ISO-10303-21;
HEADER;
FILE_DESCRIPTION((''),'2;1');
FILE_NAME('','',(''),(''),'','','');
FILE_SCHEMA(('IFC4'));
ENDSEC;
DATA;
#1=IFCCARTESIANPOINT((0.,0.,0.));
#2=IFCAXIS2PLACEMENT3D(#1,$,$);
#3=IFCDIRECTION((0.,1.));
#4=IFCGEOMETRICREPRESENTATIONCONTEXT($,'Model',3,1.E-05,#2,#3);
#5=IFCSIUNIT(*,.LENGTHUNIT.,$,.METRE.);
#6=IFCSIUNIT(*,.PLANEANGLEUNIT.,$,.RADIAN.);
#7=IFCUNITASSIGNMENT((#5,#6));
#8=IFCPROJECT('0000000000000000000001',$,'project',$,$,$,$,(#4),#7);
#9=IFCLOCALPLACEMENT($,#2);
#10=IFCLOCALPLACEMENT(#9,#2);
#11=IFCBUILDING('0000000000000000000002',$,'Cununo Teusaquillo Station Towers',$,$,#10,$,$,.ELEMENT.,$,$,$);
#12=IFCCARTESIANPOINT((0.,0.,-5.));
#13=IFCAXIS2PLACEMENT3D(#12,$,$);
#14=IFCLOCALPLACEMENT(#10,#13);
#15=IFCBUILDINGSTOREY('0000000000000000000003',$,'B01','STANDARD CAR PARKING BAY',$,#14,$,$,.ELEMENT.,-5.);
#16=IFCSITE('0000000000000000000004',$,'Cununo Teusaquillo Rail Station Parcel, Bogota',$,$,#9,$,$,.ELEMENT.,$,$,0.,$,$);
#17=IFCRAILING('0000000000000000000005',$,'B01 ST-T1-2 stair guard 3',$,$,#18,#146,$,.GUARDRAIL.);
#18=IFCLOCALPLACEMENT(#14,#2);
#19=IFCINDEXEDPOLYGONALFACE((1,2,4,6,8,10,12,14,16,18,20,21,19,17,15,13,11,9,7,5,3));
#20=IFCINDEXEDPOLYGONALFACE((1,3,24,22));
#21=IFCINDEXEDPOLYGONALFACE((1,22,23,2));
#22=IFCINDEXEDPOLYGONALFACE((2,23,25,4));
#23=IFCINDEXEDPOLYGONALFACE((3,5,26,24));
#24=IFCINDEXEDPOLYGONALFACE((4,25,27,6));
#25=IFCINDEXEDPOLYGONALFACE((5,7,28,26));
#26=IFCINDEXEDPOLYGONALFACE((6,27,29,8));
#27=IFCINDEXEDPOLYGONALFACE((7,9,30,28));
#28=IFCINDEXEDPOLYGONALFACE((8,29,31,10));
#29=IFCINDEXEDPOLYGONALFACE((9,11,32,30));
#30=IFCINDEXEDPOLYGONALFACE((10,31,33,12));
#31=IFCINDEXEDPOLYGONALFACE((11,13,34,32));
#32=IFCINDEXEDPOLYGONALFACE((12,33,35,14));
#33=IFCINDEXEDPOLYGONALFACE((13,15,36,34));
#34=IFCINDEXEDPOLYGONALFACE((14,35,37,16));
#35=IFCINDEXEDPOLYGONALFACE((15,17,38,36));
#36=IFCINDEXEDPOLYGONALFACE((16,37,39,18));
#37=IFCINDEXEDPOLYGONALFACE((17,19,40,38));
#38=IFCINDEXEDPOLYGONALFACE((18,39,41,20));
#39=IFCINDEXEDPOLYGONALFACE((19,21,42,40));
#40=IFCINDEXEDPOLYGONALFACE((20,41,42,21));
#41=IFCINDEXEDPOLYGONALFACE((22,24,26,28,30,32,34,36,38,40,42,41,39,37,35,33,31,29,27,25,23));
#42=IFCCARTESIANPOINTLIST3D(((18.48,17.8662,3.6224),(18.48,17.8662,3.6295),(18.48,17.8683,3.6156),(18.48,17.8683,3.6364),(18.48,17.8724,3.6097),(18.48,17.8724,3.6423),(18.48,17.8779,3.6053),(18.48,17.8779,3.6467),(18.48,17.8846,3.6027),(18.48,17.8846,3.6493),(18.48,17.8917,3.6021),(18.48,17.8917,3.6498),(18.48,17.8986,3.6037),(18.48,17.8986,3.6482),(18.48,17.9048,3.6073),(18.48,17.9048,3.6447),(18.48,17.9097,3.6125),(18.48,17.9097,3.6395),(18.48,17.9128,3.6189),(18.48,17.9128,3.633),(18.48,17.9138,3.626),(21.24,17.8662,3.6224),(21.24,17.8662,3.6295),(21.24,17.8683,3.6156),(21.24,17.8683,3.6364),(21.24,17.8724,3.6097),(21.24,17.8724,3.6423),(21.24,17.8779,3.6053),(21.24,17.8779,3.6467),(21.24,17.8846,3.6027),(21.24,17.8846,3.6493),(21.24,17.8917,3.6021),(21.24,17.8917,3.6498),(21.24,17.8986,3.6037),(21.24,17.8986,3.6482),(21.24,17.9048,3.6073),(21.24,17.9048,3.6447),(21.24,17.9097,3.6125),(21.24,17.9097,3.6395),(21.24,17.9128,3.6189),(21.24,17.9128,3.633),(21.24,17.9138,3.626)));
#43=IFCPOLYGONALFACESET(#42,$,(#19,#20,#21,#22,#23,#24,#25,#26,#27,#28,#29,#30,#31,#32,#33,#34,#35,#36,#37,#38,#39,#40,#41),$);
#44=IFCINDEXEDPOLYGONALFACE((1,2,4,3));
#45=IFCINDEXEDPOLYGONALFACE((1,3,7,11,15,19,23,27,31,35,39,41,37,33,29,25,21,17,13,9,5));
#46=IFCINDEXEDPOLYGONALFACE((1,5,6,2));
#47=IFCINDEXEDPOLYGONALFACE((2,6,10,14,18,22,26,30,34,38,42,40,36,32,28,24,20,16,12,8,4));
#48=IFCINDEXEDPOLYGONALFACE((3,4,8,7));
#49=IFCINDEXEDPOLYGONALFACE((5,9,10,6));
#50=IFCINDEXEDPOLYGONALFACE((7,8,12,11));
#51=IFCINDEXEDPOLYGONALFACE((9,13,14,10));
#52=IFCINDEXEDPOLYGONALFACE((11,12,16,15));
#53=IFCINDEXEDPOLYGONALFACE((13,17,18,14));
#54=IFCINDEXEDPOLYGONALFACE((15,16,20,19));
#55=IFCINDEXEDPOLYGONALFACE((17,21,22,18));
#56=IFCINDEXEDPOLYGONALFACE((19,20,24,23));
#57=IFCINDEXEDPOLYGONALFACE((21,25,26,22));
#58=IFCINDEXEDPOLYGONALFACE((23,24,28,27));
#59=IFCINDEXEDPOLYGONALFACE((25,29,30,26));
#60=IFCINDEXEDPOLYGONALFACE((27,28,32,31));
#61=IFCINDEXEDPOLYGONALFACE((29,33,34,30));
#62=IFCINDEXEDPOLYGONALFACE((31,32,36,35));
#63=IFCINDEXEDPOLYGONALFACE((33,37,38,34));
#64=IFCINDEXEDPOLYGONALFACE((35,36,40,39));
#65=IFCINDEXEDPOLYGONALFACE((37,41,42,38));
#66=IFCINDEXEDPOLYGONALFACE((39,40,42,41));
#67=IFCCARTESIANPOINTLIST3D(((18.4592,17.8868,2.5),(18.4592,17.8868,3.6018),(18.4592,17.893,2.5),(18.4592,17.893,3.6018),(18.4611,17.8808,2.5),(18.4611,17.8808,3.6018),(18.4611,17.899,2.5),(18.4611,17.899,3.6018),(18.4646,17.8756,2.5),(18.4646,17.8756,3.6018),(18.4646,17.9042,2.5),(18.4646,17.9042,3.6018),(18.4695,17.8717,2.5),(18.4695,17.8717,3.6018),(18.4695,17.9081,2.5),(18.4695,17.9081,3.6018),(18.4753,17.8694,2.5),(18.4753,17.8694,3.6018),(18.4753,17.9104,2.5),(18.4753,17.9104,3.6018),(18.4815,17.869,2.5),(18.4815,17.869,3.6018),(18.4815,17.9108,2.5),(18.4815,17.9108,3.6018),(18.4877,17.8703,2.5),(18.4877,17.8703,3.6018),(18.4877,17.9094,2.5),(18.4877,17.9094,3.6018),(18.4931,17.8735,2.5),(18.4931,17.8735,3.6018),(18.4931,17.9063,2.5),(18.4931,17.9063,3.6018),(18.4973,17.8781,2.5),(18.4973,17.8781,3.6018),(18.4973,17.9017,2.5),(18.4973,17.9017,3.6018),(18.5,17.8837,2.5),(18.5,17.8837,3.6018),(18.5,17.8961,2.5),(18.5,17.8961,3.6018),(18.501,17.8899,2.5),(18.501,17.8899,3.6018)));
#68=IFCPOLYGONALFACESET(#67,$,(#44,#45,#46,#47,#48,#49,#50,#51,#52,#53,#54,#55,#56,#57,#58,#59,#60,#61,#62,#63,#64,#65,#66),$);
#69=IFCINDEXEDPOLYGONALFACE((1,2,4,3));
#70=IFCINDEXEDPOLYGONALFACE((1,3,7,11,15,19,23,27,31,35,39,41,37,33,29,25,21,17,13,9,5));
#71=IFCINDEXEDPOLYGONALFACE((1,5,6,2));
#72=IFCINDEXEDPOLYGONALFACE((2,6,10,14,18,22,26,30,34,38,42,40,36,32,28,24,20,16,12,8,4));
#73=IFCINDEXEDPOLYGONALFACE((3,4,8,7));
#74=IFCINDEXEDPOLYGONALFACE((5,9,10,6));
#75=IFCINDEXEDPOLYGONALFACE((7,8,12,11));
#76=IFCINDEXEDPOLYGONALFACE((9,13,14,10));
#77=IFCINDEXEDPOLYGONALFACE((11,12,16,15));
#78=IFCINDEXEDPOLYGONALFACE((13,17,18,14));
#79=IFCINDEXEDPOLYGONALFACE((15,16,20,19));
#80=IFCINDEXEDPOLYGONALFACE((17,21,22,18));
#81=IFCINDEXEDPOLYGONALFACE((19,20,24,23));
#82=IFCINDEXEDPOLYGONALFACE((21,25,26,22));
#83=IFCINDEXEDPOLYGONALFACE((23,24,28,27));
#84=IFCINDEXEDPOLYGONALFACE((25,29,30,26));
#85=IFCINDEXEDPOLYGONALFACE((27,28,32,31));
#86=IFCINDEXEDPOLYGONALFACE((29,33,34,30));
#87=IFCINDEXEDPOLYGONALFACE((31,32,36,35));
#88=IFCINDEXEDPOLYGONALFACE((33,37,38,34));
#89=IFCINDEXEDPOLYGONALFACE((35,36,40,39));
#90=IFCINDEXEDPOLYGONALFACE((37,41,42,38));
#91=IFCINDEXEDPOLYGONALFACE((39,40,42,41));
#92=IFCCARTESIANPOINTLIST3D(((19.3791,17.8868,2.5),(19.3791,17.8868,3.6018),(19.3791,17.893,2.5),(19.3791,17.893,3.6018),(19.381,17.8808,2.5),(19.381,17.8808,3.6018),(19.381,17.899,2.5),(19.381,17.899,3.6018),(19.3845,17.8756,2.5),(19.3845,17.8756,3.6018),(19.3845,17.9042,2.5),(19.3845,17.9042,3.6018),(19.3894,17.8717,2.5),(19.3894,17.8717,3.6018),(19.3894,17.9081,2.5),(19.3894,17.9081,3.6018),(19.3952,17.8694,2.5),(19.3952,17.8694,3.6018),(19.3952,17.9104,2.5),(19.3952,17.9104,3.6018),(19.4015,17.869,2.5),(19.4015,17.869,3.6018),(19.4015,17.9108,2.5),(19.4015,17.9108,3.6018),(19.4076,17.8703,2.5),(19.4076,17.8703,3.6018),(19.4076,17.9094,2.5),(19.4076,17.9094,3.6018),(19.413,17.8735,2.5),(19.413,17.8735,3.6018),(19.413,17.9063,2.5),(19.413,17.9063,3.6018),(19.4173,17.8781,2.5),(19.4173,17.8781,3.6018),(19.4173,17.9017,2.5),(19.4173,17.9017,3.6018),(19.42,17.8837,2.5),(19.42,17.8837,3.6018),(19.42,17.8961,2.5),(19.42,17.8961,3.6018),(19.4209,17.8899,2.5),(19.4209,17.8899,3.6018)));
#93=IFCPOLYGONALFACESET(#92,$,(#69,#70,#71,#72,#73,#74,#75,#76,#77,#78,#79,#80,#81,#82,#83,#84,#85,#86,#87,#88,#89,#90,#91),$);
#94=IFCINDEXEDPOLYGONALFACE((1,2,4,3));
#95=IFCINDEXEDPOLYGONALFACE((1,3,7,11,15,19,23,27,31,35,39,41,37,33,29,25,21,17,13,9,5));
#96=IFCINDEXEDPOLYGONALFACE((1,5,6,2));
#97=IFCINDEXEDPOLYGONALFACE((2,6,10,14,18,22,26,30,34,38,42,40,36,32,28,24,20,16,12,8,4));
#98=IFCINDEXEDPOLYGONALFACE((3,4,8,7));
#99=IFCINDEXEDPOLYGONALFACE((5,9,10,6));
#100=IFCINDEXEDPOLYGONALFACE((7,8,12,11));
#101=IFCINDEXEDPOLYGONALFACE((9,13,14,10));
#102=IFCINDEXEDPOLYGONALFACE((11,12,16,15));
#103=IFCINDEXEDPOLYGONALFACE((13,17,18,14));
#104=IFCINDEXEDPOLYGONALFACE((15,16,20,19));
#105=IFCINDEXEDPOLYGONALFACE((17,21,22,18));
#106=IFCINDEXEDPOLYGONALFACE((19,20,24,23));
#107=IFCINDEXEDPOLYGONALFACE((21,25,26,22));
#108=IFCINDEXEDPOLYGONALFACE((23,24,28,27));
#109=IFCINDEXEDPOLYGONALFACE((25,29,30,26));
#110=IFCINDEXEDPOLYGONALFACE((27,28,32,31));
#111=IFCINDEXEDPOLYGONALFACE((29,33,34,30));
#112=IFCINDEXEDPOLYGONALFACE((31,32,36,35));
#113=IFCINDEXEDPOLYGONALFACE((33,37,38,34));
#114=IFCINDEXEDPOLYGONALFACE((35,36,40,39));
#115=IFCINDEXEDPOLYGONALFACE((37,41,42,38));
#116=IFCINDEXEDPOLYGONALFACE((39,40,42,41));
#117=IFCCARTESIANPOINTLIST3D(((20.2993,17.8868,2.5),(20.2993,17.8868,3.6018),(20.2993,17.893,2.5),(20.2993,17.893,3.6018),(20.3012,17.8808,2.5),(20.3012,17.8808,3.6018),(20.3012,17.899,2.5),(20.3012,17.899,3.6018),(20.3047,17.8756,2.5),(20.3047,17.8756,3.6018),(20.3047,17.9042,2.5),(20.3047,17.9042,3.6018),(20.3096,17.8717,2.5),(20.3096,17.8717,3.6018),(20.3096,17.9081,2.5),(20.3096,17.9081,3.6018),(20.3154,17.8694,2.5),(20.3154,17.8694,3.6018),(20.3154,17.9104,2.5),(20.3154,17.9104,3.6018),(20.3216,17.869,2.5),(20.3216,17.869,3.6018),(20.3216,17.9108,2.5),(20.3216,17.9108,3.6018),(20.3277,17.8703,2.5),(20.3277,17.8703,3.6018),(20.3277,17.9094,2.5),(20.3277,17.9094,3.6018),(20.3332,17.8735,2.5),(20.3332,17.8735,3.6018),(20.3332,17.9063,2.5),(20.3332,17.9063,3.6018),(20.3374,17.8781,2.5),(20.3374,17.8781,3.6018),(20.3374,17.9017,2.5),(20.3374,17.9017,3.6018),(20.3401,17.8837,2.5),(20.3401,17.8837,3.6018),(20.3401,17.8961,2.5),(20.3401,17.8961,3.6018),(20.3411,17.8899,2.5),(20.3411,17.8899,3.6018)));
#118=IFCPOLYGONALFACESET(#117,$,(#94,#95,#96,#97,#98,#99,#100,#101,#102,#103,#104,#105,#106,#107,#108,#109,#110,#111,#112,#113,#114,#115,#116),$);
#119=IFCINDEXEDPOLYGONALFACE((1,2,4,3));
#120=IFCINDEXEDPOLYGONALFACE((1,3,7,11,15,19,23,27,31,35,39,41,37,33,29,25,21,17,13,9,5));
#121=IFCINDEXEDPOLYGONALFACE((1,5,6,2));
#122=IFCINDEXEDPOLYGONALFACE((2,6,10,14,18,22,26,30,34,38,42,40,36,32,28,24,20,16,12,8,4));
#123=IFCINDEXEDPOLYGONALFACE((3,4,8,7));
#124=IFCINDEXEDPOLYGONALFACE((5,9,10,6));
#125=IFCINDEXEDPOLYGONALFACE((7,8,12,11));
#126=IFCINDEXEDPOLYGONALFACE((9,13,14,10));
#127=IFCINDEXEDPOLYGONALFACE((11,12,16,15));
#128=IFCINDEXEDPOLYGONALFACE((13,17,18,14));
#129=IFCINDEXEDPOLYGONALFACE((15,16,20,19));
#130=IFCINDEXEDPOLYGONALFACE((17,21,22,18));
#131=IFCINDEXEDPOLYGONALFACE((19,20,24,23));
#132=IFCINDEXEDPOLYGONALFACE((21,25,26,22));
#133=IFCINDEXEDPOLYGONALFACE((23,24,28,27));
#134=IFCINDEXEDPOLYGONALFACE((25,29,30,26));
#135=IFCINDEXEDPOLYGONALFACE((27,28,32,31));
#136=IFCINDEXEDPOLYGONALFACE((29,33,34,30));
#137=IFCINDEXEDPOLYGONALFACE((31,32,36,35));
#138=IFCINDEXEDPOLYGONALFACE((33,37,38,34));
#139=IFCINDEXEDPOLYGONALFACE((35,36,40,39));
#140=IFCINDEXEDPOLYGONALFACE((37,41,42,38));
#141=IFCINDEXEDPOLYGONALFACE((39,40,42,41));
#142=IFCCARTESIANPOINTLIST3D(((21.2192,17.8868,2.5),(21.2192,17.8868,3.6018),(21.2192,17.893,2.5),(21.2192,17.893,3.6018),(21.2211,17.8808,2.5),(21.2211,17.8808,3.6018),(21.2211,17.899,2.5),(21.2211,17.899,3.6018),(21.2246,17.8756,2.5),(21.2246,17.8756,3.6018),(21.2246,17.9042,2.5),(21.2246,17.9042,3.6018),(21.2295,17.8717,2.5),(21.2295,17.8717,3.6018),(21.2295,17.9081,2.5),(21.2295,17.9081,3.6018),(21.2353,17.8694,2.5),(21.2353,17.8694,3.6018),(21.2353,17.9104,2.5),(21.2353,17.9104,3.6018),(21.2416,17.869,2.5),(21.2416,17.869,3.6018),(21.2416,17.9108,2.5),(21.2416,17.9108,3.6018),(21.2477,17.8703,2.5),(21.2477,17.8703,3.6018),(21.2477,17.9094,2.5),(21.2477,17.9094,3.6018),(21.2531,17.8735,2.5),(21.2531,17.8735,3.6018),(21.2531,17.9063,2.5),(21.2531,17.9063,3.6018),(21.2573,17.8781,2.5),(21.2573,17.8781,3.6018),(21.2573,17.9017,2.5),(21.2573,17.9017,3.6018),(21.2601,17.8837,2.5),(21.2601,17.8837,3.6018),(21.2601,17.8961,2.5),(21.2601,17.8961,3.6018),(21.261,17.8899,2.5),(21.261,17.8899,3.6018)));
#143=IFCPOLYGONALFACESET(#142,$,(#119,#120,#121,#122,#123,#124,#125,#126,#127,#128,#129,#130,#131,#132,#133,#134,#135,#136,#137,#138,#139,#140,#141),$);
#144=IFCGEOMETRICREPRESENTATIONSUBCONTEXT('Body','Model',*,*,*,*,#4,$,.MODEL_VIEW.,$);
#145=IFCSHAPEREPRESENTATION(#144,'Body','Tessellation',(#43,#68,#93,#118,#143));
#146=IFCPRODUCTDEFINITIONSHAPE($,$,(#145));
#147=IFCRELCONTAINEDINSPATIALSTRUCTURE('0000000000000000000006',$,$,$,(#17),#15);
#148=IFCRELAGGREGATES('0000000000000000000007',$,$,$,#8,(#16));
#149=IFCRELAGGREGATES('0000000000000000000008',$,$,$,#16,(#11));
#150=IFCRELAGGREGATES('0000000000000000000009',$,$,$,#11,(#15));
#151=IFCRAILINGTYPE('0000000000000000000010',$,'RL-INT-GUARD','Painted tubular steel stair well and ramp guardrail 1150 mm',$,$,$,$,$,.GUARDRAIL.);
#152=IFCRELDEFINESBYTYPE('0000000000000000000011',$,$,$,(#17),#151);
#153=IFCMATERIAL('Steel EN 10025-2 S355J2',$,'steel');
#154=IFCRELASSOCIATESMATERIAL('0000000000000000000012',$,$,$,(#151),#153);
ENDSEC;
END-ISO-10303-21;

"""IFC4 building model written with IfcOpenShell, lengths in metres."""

from ifc_helpers import new_model, si_unit, direction, frame, origin, origin_2d, place, context, subcontext, project, spatial, circle, extrude, material, type_object, element, save


model = new_model("IFC4")

# Units and contexts
model_context = context("Model", 3, precision=1e-05, world=origin(), true_north=direction((0.0, 1.0)))
body_context = subcontext(model_context, "Body", "Model", "MODEL_VIEW")
ifc_project = project(units=[si_unit("LENGTHUNIT", "METRE"), si_unit("PLANEANGLEUNIT", "RADIAN")], contexts=[model_context])

# Site, building, storey
site_placement = place(None, origin())
site = spatial("IfcSite", under=ifc_project, at=site_placement, Name="Cununo Teusaquillo Rail Station Parcel, Bogota", CompositionType="ELEMENT", RefElevation=0.0)
building_placement = place(site_placement, origin())
building = spatial("IfcBuilding", under=site, at=building_placement, Name="Cununo Teusaquillo Station Towers", CompositionType="ELEMENT")
storey_placement = place(building_placement, frame((0.0, 0.0, -5.0)))
storey = spatial("IfcBuildingStorey", under=building, at=storey_placement, Name="B01", Description="STANDARD CAR PARKING BAY", CompositionType="ELEMENT", Elevation=-5.0)

# Railing
ifc_material_1 = material(Name="Steel EN 10025-2 S355J2", Category="steel")
railing_type_1 = type_object("IfcRailingType", Name="RL-INT-GUARD", Description="Painted tubular steel stair well and ramp guardrail 1150 mm", PredefinedType="GUARDRAIL", material=ifc_material_1)
railing_1_placement = place(storey_placement, frame((18.48, 17.8899, 2.5)))
element("IfcRailing", 1, at=railing_1_placement, inside=storey, type_object=railing_type_1, Name="B01 ST-T1-2 stair guard 3", PredefinedType="GUARDRAIL", context=body_context, shape_type="SweptSolid", body=[
    extrude(circle(Radius=0.0239, at=origin_2d()), frame((0.0, 0.0, 1.126), z_axis=(1.0, 0.0, 0.0), x_axis=(0.0, 1.0, 0.0)), (0.0, 0.0, 1.0), 2.76),
    extrude(circle(Radius=0.021, at=origin_2d()), origin(), (0.0, 0.0, 1.0), 1.1018),
    extrude(circle(Radius=0.021, at=origin_2d()), frame((0.9199, 0.0, 0.0)), (0.0, 0.0, 1.0), 1.1018),
    extrude(circle(Radius=0.021, at=origin_2d()), frame((1.8401, 0.0, 0.0)), (0.0, 0.0, 1.0), 1.1018),
    extrude(circle(Radius=0.021, at=origin_2d()), frame((2.76, 0.0, 0.0)), (0.0, 0.0, 1.0), 1.1018),
])

save(model, "model.ifc")
